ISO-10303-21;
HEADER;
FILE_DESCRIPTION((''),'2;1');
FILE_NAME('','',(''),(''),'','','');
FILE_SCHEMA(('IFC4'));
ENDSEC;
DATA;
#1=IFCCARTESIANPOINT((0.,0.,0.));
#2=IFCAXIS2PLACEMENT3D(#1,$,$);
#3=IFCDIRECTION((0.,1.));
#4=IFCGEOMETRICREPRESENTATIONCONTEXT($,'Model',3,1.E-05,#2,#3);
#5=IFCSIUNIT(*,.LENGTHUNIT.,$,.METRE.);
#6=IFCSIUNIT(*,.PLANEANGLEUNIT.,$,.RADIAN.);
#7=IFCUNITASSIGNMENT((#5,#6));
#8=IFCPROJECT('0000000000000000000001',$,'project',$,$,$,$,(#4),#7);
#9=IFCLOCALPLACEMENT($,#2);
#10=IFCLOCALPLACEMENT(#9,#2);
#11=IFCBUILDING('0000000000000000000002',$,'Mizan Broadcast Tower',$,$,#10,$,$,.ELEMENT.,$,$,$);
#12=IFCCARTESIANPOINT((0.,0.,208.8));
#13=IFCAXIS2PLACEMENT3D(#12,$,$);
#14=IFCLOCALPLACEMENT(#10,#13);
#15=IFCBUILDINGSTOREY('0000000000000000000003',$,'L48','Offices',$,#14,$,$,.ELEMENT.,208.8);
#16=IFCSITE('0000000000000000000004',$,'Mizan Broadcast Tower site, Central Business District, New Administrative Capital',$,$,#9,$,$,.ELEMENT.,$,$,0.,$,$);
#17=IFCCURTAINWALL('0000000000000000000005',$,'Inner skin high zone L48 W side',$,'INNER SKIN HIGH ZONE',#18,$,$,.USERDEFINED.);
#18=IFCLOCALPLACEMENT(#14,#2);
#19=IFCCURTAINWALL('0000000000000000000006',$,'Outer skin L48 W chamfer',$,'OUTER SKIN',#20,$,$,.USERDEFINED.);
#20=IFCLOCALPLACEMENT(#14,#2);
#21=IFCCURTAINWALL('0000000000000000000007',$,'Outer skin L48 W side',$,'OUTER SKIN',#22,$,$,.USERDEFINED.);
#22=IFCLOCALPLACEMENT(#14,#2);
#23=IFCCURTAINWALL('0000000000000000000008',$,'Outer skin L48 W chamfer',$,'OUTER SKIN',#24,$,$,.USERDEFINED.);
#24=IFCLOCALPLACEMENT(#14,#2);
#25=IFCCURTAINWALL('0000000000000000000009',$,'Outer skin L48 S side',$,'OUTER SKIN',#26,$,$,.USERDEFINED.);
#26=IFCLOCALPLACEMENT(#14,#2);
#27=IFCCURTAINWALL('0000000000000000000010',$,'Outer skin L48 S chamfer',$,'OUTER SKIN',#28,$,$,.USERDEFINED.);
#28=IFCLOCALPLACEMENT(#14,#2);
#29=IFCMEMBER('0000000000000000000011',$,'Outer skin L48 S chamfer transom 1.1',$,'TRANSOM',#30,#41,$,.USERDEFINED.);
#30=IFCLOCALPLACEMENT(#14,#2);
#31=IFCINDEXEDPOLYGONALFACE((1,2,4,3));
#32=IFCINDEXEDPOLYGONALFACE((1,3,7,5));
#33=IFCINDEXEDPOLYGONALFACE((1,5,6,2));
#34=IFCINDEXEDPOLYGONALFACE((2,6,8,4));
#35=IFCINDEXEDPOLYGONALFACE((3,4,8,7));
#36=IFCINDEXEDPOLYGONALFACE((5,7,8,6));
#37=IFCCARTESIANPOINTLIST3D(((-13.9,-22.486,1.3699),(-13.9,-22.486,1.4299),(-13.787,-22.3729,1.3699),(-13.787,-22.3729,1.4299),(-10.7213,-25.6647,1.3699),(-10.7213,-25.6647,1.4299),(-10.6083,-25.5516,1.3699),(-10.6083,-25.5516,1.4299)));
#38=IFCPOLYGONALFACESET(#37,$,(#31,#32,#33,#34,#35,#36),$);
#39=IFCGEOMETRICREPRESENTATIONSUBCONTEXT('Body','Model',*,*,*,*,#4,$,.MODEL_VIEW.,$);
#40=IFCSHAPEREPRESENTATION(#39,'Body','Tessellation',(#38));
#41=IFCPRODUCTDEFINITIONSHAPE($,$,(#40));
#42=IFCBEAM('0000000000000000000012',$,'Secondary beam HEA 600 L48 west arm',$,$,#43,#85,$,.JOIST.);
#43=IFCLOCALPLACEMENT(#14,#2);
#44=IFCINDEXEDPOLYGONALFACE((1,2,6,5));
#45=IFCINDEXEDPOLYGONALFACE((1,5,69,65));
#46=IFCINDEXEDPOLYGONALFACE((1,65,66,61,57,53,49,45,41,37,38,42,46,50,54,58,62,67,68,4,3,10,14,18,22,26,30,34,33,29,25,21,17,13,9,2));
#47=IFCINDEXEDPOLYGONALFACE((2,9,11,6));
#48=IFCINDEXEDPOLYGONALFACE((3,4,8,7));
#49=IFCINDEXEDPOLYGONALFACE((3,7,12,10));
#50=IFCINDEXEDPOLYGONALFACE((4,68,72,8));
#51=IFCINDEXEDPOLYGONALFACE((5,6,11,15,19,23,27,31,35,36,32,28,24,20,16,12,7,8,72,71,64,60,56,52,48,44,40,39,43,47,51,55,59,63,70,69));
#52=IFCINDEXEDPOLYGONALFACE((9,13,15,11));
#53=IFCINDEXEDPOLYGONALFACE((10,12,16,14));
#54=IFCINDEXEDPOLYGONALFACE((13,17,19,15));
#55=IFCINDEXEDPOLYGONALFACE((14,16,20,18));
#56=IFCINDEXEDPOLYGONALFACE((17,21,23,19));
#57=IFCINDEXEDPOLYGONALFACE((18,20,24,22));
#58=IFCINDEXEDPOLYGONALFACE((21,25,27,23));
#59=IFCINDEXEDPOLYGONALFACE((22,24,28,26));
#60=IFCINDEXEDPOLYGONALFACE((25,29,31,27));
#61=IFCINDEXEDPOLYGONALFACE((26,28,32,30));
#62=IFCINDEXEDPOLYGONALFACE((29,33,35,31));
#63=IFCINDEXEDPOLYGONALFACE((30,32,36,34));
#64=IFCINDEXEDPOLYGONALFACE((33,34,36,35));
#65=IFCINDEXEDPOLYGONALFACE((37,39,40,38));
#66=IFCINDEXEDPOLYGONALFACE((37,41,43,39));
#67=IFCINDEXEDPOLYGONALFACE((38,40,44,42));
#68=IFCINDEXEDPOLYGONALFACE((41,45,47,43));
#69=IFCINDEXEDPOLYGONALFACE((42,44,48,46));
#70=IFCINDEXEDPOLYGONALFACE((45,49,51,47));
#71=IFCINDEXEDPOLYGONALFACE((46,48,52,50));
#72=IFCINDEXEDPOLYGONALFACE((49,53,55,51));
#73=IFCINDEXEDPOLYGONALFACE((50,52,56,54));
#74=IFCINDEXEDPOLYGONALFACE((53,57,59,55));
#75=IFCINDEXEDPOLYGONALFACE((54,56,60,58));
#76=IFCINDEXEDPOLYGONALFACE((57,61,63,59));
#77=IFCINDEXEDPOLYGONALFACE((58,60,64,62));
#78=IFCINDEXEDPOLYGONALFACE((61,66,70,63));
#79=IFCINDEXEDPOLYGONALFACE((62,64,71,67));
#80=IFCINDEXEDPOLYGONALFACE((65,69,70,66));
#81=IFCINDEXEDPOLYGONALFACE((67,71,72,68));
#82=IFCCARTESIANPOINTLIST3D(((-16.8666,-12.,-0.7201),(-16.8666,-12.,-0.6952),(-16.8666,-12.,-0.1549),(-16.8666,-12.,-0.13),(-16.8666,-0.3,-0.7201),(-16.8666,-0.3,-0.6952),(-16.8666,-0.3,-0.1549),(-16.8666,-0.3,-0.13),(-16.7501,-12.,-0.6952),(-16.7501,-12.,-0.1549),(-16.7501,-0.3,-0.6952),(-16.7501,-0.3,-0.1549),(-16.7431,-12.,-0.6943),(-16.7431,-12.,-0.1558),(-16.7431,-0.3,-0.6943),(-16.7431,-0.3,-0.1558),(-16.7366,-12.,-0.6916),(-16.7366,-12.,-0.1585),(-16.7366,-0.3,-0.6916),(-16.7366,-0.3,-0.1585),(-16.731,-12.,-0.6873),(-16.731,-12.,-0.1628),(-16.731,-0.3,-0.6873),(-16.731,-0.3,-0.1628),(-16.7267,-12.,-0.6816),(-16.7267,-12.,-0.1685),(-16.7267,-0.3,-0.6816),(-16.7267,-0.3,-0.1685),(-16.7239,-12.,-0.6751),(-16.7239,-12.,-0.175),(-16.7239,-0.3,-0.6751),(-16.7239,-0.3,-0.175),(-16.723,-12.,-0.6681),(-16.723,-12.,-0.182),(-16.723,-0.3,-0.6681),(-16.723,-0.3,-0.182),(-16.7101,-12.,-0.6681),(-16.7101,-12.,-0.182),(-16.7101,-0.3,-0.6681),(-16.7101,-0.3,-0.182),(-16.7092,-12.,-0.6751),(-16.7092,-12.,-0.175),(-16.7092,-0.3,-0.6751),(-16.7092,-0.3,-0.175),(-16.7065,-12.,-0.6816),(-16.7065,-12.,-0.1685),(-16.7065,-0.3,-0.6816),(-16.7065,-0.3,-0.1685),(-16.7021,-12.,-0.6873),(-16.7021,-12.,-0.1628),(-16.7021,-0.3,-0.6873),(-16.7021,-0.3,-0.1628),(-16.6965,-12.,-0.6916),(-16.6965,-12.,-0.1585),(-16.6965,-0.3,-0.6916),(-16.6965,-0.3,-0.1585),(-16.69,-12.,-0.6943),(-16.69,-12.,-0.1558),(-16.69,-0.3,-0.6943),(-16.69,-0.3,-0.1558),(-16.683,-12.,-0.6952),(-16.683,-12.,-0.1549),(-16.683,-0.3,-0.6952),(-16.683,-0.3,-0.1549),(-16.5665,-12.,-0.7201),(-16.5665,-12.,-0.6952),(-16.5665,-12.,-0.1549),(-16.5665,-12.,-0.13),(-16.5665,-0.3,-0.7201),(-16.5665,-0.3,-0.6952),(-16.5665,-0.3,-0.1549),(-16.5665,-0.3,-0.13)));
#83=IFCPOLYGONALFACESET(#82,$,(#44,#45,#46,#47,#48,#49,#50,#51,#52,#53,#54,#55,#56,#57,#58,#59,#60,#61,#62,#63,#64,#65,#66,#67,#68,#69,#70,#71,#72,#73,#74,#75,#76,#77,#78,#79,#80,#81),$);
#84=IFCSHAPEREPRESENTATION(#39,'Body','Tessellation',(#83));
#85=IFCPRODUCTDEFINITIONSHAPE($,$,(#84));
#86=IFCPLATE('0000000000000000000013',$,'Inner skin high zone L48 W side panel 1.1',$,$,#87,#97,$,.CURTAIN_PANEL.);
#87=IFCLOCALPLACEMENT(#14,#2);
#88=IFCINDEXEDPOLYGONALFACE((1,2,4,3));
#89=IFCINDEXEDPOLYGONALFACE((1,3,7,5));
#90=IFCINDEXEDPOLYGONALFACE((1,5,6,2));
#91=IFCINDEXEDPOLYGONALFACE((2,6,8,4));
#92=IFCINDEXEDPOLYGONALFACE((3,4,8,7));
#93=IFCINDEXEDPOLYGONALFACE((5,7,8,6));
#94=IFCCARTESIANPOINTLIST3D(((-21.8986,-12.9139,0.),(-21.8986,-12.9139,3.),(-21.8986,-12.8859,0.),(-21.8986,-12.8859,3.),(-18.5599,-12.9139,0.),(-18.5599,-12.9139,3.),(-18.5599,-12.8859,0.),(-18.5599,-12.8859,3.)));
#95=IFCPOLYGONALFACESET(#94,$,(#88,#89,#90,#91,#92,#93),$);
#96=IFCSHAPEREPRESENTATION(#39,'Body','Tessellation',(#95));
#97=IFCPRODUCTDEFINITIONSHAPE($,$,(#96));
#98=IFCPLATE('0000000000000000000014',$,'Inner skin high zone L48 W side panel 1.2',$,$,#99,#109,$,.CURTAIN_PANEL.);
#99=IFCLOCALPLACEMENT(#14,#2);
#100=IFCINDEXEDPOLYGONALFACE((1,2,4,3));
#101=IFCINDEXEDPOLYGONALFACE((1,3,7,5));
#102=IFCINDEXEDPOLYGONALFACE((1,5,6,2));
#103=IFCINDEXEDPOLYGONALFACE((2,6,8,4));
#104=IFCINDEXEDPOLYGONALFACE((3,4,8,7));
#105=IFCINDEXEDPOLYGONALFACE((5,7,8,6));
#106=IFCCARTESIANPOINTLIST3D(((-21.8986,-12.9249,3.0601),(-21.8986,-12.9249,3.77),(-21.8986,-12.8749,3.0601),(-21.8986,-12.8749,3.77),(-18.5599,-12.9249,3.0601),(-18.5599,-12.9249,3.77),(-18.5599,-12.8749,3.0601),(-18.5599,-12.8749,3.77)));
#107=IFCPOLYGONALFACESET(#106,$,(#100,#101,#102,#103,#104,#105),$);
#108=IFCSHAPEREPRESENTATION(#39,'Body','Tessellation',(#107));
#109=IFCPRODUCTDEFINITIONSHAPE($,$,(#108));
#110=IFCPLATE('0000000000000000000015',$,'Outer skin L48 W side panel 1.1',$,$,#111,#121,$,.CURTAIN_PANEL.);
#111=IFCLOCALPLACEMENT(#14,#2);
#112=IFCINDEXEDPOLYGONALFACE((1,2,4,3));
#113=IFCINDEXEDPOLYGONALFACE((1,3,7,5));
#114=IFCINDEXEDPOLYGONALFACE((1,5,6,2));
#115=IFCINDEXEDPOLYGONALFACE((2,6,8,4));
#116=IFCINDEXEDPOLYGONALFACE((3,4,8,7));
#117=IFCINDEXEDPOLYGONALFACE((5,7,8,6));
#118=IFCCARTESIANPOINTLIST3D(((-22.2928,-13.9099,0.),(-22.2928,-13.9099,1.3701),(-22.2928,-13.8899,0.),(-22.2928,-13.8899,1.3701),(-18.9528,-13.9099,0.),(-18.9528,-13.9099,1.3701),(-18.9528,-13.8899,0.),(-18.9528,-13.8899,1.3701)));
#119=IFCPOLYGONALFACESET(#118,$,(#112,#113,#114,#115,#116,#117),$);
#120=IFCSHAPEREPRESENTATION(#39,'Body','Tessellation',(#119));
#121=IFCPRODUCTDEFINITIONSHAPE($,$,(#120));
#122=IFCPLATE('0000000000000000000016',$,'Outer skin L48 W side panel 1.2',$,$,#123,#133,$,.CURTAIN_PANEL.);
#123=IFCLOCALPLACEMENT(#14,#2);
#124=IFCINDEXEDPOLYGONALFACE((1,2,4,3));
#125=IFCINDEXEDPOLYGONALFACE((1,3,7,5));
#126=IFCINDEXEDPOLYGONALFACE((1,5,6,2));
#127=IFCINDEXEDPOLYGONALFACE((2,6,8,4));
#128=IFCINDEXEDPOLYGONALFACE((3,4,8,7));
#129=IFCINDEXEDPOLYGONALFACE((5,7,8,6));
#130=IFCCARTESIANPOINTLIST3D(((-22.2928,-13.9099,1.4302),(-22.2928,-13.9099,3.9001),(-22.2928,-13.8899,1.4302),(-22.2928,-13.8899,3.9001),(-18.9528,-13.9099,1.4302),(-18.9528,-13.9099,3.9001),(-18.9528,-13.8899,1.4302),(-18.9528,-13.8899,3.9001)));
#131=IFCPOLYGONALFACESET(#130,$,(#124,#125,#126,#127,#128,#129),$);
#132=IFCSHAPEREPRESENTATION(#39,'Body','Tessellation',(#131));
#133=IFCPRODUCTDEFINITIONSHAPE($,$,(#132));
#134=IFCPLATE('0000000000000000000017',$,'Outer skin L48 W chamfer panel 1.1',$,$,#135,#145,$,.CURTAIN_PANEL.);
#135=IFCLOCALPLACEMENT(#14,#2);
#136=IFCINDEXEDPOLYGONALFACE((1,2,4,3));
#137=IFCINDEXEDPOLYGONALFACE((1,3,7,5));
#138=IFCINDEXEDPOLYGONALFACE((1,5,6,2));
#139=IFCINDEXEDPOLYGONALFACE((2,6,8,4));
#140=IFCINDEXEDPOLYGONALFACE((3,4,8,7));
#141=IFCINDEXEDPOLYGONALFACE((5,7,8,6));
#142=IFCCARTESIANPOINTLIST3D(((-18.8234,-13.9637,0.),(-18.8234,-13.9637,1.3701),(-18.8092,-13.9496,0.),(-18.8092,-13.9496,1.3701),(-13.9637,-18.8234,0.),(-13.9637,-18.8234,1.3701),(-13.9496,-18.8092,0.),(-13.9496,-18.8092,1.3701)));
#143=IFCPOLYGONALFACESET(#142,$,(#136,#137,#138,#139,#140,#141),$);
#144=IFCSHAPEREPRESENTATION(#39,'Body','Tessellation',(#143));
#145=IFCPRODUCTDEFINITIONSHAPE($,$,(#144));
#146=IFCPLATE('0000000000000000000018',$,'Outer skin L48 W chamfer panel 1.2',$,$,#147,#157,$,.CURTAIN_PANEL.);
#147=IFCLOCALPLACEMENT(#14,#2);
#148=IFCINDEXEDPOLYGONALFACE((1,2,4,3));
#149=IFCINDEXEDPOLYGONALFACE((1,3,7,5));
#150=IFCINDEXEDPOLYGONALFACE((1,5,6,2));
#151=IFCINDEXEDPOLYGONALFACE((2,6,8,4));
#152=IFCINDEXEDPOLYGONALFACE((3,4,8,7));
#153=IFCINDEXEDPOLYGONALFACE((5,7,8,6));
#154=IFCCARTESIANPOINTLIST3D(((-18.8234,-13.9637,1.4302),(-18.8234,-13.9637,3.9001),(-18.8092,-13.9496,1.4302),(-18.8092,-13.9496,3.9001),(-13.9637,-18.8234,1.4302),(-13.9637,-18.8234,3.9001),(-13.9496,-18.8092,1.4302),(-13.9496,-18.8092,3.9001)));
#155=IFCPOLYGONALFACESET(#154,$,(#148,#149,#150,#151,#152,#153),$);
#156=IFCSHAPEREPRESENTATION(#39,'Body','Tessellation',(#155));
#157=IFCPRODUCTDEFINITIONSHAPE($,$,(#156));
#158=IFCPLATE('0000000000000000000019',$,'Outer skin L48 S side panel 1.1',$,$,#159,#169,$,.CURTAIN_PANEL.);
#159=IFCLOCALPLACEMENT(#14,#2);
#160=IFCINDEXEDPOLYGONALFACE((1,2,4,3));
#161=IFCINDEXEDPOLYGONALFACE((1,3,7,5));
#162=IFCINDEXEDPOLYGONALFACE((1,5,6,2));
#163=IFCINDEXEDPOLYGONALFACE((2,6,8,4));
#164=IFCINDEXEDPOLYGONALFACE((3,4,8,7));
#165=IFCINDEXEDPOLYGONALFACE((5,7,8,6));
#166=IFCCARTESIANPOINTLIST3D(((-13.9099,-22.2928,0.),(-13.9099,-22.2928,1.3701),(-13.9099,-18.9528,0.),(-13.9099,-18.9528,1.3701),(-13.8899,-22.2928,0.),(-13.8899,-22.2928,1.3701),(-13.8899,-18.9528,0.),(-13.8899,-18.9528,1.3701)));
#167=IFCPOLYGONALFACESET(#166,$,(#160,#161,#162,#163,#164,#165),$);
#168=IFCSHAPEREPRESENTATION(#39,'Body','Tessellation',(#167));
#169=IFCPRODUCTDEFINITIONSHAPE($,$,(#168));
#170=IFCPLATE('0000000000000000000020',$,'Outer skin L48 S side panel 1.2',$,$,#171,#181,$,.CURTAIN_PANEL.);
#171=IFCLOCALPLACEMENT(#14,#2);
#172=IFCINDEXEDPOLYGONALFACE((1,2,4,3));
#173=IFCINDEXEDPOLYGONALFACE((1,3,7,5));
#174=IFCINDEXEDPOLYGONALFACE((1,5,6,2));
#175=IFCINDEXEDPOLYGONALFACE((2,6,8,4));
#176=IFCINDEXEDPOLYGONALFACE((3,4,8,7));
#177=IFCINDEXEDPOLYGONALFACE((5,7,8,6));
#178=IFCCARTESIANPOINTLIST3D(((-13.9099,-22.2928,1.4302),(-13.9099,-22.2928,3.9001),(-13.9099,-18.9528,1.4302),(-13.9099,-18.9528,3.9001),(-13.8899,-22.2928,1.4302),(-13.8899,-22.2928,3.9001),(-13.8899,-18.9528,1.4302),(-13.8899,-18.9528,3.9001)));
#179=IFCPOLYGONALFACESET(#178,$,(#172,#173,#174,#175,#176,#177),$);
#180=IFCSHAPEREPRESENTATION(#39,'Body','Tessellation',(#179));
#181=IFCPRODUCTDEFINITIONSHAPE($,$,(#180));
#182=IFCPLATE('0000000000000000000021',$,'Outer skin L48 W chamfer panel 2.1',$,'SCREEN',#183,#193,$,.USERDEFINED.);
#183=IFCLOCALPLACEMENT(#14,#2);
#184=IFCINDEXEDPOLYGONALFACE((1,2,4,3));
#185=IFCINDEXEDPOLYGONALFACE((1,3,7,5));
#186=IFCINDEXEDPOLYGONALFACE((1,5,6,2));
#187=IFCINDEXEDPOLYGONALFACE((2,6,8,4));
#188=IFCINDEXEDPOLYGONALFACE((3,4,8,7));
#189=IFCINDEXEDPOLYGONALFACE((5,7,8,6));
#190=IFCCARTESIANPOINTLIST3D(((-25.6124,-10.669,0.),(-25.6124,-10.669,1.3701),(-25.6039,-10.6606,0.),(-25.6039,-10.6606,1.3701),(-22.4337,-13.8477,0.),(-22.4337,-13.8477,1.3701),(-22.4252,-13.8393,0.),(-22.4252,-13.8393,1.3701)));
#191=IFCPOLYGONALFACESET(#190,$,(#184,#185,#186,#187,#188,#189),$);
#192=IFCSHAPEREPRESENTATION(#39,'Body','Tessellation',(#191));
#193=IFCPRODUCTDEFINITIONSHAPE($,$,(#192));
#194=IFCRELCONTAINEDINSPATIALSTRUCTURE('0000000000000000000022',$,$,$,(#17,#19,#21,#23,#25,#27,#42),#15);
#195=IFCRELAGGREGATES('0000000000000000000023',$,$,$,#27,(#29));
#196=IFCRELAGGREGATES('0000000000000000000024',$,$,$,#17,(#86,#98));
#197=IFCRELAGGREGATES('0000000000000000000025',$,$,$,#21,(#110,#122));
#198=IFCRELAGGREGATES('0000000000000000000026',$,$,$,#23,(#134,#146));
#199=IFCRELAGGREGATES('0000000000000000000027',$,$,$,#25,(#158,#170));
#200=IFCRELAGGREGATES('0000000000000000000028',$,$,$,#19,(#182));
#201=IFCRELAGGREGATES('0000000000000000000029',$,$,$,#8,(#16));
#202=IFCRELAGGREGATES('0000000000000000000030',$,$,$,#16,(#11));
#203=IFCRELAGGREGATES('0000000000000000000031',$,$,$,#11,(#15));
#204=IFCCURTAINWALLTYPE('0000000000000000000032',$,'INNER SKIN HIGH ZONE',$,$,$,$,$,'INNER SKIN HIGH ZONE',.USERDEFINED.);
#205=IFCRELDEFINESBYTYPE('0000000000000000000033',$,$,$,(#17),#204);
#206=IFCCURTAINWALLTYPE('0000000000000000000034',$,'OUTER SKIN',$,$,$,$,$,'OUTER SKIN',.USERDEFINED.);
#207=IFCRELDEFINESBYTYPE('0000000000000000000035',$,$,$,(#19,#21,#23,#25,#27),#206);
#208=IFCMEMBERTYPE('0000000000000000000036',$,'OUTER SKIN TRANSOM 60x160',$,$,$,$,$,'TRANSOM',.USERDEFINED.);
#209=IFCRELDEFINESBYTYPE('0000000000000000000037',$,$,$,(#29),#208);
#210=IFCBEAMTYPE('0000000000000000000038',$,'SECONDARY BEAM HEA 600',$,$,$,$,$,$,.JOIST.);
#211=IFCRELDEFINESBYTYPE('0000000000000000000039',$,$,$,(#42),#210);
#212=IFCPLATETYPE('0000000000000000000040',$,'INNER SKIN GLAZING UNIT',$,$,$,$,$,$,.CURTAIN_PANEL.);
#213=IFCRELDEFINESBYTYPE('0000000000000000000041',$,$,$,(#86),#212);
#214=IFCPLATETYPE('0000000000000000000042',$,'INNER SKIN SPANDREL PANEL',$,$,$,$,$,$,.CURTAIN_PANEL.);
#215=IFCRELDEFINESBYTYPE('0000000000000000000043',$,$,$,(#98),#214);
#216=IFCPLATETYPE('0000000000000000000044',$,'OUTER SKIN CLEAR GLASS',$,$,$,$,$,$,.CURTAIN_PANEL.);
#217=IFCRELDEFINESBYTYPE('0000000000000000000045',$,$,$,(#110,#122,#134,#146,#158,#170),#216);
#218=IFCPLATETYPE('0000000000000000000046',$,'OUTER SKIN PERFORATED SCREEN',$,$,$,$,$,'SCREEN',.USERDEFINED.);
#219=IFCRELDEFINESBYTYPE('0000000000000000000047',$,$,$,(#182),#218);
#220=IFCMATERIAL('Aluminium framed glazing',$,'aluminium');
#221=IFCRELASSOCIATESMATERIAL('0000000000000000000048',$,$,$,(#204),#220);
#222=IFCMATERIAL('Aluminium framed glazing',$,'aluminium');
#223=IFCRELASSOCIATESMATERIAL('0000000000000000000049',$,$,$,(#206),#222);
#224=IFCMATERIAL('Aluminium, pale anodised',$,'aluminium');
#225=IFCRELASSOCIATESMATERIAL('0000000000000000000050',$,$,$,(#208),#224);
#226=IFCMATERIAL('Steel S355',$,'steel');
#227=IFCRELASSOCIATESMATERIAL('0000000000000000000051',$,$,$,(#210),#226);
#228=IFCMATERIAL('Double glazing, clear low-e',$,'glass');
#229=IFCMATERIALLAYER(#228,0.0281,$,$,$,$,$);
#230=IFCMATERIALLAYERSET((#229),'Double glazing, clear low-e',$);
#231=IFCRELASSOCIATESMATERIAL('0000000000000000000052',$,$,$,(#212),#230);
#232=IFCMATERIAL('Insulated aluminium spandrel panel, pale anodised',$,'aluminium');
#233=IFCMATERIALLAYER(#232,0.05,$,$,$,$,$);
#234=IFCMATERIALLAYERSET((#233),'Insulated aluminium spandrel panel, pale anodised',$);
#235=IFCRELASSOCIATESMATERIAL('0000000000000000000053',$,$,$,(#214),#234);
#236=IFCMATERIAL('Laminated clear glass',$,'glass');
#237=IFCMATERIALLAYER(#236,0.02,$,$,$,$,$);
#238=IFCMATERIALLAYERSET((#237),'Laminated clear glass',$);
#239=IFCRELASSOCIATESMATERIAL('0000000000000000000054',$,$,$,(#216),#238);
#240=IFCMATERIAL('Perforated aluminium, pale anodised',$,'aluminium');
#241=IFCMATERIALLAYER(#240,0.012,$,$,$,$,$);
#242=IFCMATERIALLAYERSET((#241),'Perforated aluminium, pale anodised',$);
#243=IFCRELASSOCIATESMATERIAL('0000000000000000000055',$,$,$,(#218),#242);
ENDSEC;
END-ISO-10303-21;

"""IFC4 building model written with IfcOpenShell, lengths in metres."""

from ifc_helpers import new_model, si_unit, direction, frame, origin, origin_2d, place, context, subcontext, project, spatial, rectangle, i_section, extrude, material, layer, layer_set, material_profile, profile_set, type_object, element, aggregate, save


model = new_model("IFC4")

# Units and contexts
model_context = context("Model", 3, precision=1e-05, world=origin(), true_north=direction((0.0, 1.0)))
body_context = subcontext(model_context, "Body", "Model", "MODEL_VIEW")
ifc_project = project(units=[si_unit("LENGTHUNIT", "METRE"), si_unit("PLANEANGLEUNIT", "RADIAN")], contexts=[model_context])

# Site, building, storey
site_placement = place(None, origin())
site = spatial("IfcSite", under=ifc_project, at=site_placement, Name="Mizan Broadcast Tower site, Central Business District, New Administrative Capital", CompositionType="ELEMENT", RefElevation=0.0)
building_placement = place(site_placement, origin())
building = spatial("IfcBuilding", under=site, at=building_placement, Name="Mizan Broadcast Tower", CompositionType="ELEMENT")
storey_placement = place(building_placement, frame((0.0, 0.0, 208.8)))
storey = spatial("IfcBuildingStorey", under=building, at=storey_placement, Name="L48", Description="Offices", CompositionType="ELEMENT", Elevation=208.8)

# Curtain wall
ifc_material_1 = material(Name="Aluminium framed glazing", Category="aluminium")
curtain_wall_type_1 = type_object("IfcCurtainWallType", Name="INNER SKIN HIGH ZONE", ElementType="INNER SKIN HIGH ZONE", PredefinedType="USERDEFINED", material=ifc_material_1)
curtain_wall_1_placement = place(storey_placement, origin())
curtain_wall_1 = element("IfcCurtainWall", 1, at=curtain_wall_1_placement, inside=storey, type_object=curtain_wall_type_1, Name="Inner skin high zone L48 W side", ObjectType="INNER SKIN HIGH ZONE", PredefinedType="USERDEFINED")

# Curtain walls
ifc_material_2 = material(Name="Aluminium framed glazing", Category="aluminium")
curtain_wall_type_2 = type_object("IfcCurtainWallType", Name="OUTER SKIN", ElementType="OUTER SKIN", PredefinedType="USERDEFINED", material=ifc_material_2)
curtain_wall_2_placement = place(storey_placement, origin())
curtain_wall_2 = element("IfcCurtainWall", 2, at=curtain_wall_2_placement, inside=storey, type_object=curtain_wall_type_2, Name="Outer skin L48 W chamfer", ObjectType="OUTER SKIN", PredefinedType="USERDEFINED")
curtain_wall_3_placement = place(storey_placement, origin())
curtain_wall_3 = element("IfcCurtainWall", 3, at=curtain_wall_3_placement, inside=storey, type_object=curtain_wall_type_2, Name="Outer skin L48 W side", ObjectType="OUTER SKIN", PredefinedType="USERDEFINED")
curtain_wall_4_placement = place(storey_placement, origin())
curtain_wall_4 = element("IfcCurtainWall", 4, at=curtain_wall_4_placement, inside=storey, type_object=curtain_wall_type_2, Name="Outer skin L48 W chamfer", ObjectType="OUTER SKIN", PredefinedType="USERDEFINED")
curtain_wall_5_placement = place(storey_placement, origin())
curtain_wall_5 = element("IfcCurtainWall", 5, at=curtain_wall_5_placement, inside=storey, type_object=curtain_wall_type_2, Name="Outer skin L48 S side", ObjectType="OUTER SKIN", PredefinedType="USERDEFINED")

# Shared definitions
ifc_material_3 = material(Name="Aluminium, pale anodised", Category="aluminium")
ifc_material_profile_1 = material_profile(ifc_material_3, rectangle(XDim=0.1599, YDim=0.0601, at=origin_2d()), Name="TRANSOM 160x60")
ifc_profile_set_1 = profile_set([ifc_material_profile_1], Name="Aluminium, pale anodised")
member_type_1 = type_object("IfcMemberType", Name="OUTER SKIN TRANSOM 60x160", ElementType="TRANSOM", PredefinedType="USERDEFINED", material=ifc_profile_set_1)

# Curtain wall, member
curtain_wall_6_placement = place(storey_placement, origin())
curtain_wall_6 = element("IfcCurtainWall", 6, at=curtain_wall_6_placement, inside=storey, type_object=curtain_wall_type_2, Name="Outer skin L48 S chamfer", ObjectType="OUTER SKIN", PredefinedType="USERDEFINED")
member_1_placement = place(storey_placement, frame((-13.8435, -22.4294, 1.3999), z_axis=(0.707107, -0.707107, 0.0), x_axis=(0.707107, 0.707107, 0.0)))
member_1 = element("IfcMember", 7, at=member_1_placement, type_object=member_type_1, Name="Outer skin L48 S chamfer transom 1.1", ObjectType="TRANSOM", PredefinedType="USERDEFINED", context=body_context, shape_type="SweptSolid", body=[
    extrude(rectangle(XDim=0.1599, YDim=0.0601, at=origin_2d()), origin(), (0.0, 0.0, 1.0), 4.4954),
])
aggregate(curtain_wall_6, [member_1])

# Beam
ifc_material_4 = material(Name="Steel S355", Category="steel")
ifc_material_profile_2 = material_profile(ifc_material_4, i_section(OverallWidth=0.3, OverallDepth=0.5901, WebThickness=0.0129, FlangeThickness=0.0249, FilletRadius=0.0271, at=origin_2d()), Name="HEA 600")
ifc_profile_set_2 = profile_set([ifc_material_profile_2], Name="Steel S355")
beam_type_1 = type_object("IfcBeamType", Name="SECONDARY BEAM HEA 600", PredefinedType="JOIST", material=ifc_profile_set_2)
beam_1_placement = place(storey_placement, frame((-16.7166, -12.0, -0.425), z_axis=(0.0, 1.0, 0.0), x_axis=(-1.0, 0.0, 0.0)))
element("IfcBeam", 8, at=beam_1_placement, inside=storey, type_object=beam_type_1, Name="Secondary beam HEA 600 L48 west arm", PredefinedType="JOIST", context=body_context, shape_type="SweptSolid", body=[
    extrude(i_section(OverallWidth=0.3, OverallDepth=0.5901, WebThickness=0.0129, FlangeThickness=0.0249, FilletRadius=0.0271, at=origin_2d()), origin(), (0.0, 0.0, 1.0), 11.7),
])

# Plates
ifc_material_5 = material(Name="Double glazing, clear low-e", Category="glass")
ifc_layer_1 = layer(ifc_material_5, 0.0281)
ifc_layer_set_1 = layer_set([ifc_layer_1], Name="Double glazing, clear low-e")
plate_type_1 = type_object("IfcPlateType", Name="INNER SKIN GLAZING UNIT", PredefinedType="CURTAIN_PANEL", material=ifc_layer_set_1)
plate_1_placement = place(storey_placement, frame((-20.2292, -12.8999, 0.0), z_axis=(0.0, 0.0, 1.0), x_axis=(1.0, 0.0, 0.0)))
plate_1 = element("IfcPlate", 9, at=plate_1_placement, type_object=plate_type_1, Name="Inner skin high zone L48 W side panel 1.1", PredefinedType="CURTAIN_PANEL", context=body_context, shape_type="SweptSolid", body=[
    extrude(rectangle(XDim=3.3386, YDim=0.0281, at=origin_2d()), origin(), (0.0, 0.0, 1.0), 3.0),
])
ifc_material_6 = material(Name="Insulated aluminium spandrel panel, pale anodised", Category="aluminium")
ifc_layer_2 = layer(ifc_material_6, 0.05)
ifc_layer_set_2 = layer_set([ifc_layer_2], Name="Insulated aluminium spandrel panel, pale anodised")
plate_type_2 = type_object("IfcPlateType", Name="INNER SKIN SPANDREL PANEL", PredefinedType="CURTAIN_PANEL", material=ifc_layer_set_2)
plate_2_placement = place(storey_placement, frame((-20.2292, -12.8999, 3.0601), z_axis=(0.0, 0.0, 1.0), x_axis=(1.0, 0.0, 0.0)))
plate_2 = element("IfcPlate", 10, at=plate_2_placement, type_object=plate_type_2, Name="Inner skin high zone L48 W side panel 1.2", PredefinedType="CURTAIN_PANEL", context=body_context, shape_type="SweptSolid", body=[
    extrude(rectangle(XDim=3.3386, YDim=0.05, at=origin_2d()), origin(), (0.0, 0.0, 1.0), 0.71),
])
aggregate(curtain_wall_1, [plate_1, plate_2])
ifc_material_7 = material(Name="Laminated clear glass", Category="glass")
ifc_layer_3 = layer(ifc_material_7, 0.02)
ifc_layer_set_3 = layer_set([ifc_layer_3], Name="Laminated clear glass")
plate_type_3 = type_object("IfcPlateType", Name="OUTER SKIN CLEAR GLASS", PredefinedType="CURTAIN_PANEL", material=ifc_layer_set_3)
plate_3_placement = place(storey_placement, frame((-20.6228, -13.8999, 0.0), z_axis=(0.0, 0.0, 1.0), x_axis=(1.0, 0.0, 0.0)))
plate_3 = element("IfcPlate", 11, at=plate_3_placement, type_object=plate_type_3, Name="Outer skin L48 W side panel 1.1", PredefinedType="CURTAIN_PANEL", context=body_context, shape_type="SweptSolid", body=[
    extrude(rectangle(XDim=3.3401, YDim=0.02, at=origin_2d()), origin(), (0.0, 0.0, 1.0), 1.3701),
])
plate_4_placement = place(storey_placement, frame((-20.6228, -13.8999, 1.4302), z_axis=(0.0, 0.0, 1.0), x_axis=(1.0, 0.0, 0.0)))
plate_4 = element("IfcPlate", 12, at=plate_4_placement, type_object=plate_type_3, Name="Outer skin L48 W side panel 1.2", PredefinedType="CURTAIN_PANEL", context=body_context, shape_type="SweptSolid", body=[
    extrude(rectangle(XDim=3.3401, YDim=0.02, at=origin_2d()), origin(), (0.0, 0.0, 1.0), 2.47),
])
aggregate(curtain_wall_3, [plate_3, plate_4])
plate_5_placement = place(storey_placement, frame((-16.3865, -16.3865, 0.0), z_axis=(0.0, 0.0, 1.0), x_axis=(0.707107, -0.707107, 0.0)))
plate_5 = element("IfcPlate", 13, at=plate_5_placement, type_object=plate_type_3, Name="Outer skin L48 W chamfer panel 1.1", PredefinedType="CURTAIN_PANEL", context=body_context, shape_type="SweptSolid", body=[
    extrude(rectangle(XDim=6.8726, YDim=0.02, at=origin_2d()), origin(), (0.0, 0.0, 1.0), 1.3701),
])
plate_6_placement = place(storey_placement, frame((-16.3865, -16.3865, 1.4302), z_axis=(0.0, 0.0, 1.0), x_axis=(0.707107, -0.707107, 0.0)))
plate_6 = element("IfcPlate", 14, at=plate_6_placement, type_object=plate_type_3, Name="Outer skin L48 W chamfer panel 1.2", PredefinedType="CURTAIN_PANEL", context=body_context, shape_type="SweptSolid", body=[
    extrude(rectangle(XDim=6.8726, YDim=0.02, at=origin_2d()), origin(), (0.0, 0.0, 1.0), 2.47),
])
aggregate(curtain_wall_4, [plate_5, plate_6])
plate_7_placement = place(storey_placement, frame((-13.8999, -20.6228, 0.0), z_axis=(0.0, 0.0, 1.0), x_axis=(0.0, -1.0, 0.0)))
plate_7 = element("IfcPlate", 15, at=plate_7_placement, type_object=plate_type_3, Name="Outer skin L48 S side panel 1.1", PredefinedType="CURTAIN_PANEL", context=body_context, shape_type="SweptSolid", body=[
    extrude(rectangle(XDim=3.3401, YDim=0.02, at=origin_2d()), origin(), (0.0, 0.0, 1.0), 1.3701),
])
plate_8_placement = place(storey_placement, frame((-13.8999, -20.6228, 1.4302), z_axis=(0.0, 0.0, 1.0), x_axis=(0.0, -1.0, 0.0)))
plate_8 = element("IfcPlate", 16, at=plate_8_placement, type_object=plate_type_3, Name="Outer skin L48 S side panel 1.2", PredefinedType="CURTAIN_PANEL", context=body_context, shape_type="SweptSolid", body=[
    extrude(rectangle(XDim=3.3401, YDim=0.02, at=origin_2d()), origin(), (0.0, 0.0, 1.0), 2.47),
])
aggregate(curtain_wall_5, [plate_7, plate_8])
ifc_material_8 = material(Name="Perforated aluminium, pale anodised", Category="aluminium")
ifc_layer_4 = layer(ifc_material_8, 0.012)
ifc_layer_set_4 = layer_set([ifc_layer_4], Name="Perforated aluminium, pale anodised")
plate_type_4 = type_object("IfcPlateType", Name="OUTER SKIN PERFORATED SCREEN", ElementType="SCREEN", PredefinedType="USERDEFINED", material=ifc_layer_set_4)
plate_9_placement = place(storey_placement, frame((-24.0188, -12.2542, 0.0), z_axis=(0.0, 0.0, 1.0), x_axis=(0.707107, -0.707107, 0.0)))
plate_9 = element("IfcPlate", 17, at=plate_9_placement, type_object=plate_type_4, Name="Outer skin L48 W chamfer panel 2.1", ObjectType="SCREEN", PredefinedType="USERDEFINED", context=body_context, shape_type="SweptSolid", body=[
    extrude(rectangle(XDim=4.4954, YDim=0.012, at=origin_2d()), origin(), (0.0, 0.0, 1.0), 1.3701),
])
aggregate(curtain_wall_2, [plate_9])

save(model, "model.ifc")
